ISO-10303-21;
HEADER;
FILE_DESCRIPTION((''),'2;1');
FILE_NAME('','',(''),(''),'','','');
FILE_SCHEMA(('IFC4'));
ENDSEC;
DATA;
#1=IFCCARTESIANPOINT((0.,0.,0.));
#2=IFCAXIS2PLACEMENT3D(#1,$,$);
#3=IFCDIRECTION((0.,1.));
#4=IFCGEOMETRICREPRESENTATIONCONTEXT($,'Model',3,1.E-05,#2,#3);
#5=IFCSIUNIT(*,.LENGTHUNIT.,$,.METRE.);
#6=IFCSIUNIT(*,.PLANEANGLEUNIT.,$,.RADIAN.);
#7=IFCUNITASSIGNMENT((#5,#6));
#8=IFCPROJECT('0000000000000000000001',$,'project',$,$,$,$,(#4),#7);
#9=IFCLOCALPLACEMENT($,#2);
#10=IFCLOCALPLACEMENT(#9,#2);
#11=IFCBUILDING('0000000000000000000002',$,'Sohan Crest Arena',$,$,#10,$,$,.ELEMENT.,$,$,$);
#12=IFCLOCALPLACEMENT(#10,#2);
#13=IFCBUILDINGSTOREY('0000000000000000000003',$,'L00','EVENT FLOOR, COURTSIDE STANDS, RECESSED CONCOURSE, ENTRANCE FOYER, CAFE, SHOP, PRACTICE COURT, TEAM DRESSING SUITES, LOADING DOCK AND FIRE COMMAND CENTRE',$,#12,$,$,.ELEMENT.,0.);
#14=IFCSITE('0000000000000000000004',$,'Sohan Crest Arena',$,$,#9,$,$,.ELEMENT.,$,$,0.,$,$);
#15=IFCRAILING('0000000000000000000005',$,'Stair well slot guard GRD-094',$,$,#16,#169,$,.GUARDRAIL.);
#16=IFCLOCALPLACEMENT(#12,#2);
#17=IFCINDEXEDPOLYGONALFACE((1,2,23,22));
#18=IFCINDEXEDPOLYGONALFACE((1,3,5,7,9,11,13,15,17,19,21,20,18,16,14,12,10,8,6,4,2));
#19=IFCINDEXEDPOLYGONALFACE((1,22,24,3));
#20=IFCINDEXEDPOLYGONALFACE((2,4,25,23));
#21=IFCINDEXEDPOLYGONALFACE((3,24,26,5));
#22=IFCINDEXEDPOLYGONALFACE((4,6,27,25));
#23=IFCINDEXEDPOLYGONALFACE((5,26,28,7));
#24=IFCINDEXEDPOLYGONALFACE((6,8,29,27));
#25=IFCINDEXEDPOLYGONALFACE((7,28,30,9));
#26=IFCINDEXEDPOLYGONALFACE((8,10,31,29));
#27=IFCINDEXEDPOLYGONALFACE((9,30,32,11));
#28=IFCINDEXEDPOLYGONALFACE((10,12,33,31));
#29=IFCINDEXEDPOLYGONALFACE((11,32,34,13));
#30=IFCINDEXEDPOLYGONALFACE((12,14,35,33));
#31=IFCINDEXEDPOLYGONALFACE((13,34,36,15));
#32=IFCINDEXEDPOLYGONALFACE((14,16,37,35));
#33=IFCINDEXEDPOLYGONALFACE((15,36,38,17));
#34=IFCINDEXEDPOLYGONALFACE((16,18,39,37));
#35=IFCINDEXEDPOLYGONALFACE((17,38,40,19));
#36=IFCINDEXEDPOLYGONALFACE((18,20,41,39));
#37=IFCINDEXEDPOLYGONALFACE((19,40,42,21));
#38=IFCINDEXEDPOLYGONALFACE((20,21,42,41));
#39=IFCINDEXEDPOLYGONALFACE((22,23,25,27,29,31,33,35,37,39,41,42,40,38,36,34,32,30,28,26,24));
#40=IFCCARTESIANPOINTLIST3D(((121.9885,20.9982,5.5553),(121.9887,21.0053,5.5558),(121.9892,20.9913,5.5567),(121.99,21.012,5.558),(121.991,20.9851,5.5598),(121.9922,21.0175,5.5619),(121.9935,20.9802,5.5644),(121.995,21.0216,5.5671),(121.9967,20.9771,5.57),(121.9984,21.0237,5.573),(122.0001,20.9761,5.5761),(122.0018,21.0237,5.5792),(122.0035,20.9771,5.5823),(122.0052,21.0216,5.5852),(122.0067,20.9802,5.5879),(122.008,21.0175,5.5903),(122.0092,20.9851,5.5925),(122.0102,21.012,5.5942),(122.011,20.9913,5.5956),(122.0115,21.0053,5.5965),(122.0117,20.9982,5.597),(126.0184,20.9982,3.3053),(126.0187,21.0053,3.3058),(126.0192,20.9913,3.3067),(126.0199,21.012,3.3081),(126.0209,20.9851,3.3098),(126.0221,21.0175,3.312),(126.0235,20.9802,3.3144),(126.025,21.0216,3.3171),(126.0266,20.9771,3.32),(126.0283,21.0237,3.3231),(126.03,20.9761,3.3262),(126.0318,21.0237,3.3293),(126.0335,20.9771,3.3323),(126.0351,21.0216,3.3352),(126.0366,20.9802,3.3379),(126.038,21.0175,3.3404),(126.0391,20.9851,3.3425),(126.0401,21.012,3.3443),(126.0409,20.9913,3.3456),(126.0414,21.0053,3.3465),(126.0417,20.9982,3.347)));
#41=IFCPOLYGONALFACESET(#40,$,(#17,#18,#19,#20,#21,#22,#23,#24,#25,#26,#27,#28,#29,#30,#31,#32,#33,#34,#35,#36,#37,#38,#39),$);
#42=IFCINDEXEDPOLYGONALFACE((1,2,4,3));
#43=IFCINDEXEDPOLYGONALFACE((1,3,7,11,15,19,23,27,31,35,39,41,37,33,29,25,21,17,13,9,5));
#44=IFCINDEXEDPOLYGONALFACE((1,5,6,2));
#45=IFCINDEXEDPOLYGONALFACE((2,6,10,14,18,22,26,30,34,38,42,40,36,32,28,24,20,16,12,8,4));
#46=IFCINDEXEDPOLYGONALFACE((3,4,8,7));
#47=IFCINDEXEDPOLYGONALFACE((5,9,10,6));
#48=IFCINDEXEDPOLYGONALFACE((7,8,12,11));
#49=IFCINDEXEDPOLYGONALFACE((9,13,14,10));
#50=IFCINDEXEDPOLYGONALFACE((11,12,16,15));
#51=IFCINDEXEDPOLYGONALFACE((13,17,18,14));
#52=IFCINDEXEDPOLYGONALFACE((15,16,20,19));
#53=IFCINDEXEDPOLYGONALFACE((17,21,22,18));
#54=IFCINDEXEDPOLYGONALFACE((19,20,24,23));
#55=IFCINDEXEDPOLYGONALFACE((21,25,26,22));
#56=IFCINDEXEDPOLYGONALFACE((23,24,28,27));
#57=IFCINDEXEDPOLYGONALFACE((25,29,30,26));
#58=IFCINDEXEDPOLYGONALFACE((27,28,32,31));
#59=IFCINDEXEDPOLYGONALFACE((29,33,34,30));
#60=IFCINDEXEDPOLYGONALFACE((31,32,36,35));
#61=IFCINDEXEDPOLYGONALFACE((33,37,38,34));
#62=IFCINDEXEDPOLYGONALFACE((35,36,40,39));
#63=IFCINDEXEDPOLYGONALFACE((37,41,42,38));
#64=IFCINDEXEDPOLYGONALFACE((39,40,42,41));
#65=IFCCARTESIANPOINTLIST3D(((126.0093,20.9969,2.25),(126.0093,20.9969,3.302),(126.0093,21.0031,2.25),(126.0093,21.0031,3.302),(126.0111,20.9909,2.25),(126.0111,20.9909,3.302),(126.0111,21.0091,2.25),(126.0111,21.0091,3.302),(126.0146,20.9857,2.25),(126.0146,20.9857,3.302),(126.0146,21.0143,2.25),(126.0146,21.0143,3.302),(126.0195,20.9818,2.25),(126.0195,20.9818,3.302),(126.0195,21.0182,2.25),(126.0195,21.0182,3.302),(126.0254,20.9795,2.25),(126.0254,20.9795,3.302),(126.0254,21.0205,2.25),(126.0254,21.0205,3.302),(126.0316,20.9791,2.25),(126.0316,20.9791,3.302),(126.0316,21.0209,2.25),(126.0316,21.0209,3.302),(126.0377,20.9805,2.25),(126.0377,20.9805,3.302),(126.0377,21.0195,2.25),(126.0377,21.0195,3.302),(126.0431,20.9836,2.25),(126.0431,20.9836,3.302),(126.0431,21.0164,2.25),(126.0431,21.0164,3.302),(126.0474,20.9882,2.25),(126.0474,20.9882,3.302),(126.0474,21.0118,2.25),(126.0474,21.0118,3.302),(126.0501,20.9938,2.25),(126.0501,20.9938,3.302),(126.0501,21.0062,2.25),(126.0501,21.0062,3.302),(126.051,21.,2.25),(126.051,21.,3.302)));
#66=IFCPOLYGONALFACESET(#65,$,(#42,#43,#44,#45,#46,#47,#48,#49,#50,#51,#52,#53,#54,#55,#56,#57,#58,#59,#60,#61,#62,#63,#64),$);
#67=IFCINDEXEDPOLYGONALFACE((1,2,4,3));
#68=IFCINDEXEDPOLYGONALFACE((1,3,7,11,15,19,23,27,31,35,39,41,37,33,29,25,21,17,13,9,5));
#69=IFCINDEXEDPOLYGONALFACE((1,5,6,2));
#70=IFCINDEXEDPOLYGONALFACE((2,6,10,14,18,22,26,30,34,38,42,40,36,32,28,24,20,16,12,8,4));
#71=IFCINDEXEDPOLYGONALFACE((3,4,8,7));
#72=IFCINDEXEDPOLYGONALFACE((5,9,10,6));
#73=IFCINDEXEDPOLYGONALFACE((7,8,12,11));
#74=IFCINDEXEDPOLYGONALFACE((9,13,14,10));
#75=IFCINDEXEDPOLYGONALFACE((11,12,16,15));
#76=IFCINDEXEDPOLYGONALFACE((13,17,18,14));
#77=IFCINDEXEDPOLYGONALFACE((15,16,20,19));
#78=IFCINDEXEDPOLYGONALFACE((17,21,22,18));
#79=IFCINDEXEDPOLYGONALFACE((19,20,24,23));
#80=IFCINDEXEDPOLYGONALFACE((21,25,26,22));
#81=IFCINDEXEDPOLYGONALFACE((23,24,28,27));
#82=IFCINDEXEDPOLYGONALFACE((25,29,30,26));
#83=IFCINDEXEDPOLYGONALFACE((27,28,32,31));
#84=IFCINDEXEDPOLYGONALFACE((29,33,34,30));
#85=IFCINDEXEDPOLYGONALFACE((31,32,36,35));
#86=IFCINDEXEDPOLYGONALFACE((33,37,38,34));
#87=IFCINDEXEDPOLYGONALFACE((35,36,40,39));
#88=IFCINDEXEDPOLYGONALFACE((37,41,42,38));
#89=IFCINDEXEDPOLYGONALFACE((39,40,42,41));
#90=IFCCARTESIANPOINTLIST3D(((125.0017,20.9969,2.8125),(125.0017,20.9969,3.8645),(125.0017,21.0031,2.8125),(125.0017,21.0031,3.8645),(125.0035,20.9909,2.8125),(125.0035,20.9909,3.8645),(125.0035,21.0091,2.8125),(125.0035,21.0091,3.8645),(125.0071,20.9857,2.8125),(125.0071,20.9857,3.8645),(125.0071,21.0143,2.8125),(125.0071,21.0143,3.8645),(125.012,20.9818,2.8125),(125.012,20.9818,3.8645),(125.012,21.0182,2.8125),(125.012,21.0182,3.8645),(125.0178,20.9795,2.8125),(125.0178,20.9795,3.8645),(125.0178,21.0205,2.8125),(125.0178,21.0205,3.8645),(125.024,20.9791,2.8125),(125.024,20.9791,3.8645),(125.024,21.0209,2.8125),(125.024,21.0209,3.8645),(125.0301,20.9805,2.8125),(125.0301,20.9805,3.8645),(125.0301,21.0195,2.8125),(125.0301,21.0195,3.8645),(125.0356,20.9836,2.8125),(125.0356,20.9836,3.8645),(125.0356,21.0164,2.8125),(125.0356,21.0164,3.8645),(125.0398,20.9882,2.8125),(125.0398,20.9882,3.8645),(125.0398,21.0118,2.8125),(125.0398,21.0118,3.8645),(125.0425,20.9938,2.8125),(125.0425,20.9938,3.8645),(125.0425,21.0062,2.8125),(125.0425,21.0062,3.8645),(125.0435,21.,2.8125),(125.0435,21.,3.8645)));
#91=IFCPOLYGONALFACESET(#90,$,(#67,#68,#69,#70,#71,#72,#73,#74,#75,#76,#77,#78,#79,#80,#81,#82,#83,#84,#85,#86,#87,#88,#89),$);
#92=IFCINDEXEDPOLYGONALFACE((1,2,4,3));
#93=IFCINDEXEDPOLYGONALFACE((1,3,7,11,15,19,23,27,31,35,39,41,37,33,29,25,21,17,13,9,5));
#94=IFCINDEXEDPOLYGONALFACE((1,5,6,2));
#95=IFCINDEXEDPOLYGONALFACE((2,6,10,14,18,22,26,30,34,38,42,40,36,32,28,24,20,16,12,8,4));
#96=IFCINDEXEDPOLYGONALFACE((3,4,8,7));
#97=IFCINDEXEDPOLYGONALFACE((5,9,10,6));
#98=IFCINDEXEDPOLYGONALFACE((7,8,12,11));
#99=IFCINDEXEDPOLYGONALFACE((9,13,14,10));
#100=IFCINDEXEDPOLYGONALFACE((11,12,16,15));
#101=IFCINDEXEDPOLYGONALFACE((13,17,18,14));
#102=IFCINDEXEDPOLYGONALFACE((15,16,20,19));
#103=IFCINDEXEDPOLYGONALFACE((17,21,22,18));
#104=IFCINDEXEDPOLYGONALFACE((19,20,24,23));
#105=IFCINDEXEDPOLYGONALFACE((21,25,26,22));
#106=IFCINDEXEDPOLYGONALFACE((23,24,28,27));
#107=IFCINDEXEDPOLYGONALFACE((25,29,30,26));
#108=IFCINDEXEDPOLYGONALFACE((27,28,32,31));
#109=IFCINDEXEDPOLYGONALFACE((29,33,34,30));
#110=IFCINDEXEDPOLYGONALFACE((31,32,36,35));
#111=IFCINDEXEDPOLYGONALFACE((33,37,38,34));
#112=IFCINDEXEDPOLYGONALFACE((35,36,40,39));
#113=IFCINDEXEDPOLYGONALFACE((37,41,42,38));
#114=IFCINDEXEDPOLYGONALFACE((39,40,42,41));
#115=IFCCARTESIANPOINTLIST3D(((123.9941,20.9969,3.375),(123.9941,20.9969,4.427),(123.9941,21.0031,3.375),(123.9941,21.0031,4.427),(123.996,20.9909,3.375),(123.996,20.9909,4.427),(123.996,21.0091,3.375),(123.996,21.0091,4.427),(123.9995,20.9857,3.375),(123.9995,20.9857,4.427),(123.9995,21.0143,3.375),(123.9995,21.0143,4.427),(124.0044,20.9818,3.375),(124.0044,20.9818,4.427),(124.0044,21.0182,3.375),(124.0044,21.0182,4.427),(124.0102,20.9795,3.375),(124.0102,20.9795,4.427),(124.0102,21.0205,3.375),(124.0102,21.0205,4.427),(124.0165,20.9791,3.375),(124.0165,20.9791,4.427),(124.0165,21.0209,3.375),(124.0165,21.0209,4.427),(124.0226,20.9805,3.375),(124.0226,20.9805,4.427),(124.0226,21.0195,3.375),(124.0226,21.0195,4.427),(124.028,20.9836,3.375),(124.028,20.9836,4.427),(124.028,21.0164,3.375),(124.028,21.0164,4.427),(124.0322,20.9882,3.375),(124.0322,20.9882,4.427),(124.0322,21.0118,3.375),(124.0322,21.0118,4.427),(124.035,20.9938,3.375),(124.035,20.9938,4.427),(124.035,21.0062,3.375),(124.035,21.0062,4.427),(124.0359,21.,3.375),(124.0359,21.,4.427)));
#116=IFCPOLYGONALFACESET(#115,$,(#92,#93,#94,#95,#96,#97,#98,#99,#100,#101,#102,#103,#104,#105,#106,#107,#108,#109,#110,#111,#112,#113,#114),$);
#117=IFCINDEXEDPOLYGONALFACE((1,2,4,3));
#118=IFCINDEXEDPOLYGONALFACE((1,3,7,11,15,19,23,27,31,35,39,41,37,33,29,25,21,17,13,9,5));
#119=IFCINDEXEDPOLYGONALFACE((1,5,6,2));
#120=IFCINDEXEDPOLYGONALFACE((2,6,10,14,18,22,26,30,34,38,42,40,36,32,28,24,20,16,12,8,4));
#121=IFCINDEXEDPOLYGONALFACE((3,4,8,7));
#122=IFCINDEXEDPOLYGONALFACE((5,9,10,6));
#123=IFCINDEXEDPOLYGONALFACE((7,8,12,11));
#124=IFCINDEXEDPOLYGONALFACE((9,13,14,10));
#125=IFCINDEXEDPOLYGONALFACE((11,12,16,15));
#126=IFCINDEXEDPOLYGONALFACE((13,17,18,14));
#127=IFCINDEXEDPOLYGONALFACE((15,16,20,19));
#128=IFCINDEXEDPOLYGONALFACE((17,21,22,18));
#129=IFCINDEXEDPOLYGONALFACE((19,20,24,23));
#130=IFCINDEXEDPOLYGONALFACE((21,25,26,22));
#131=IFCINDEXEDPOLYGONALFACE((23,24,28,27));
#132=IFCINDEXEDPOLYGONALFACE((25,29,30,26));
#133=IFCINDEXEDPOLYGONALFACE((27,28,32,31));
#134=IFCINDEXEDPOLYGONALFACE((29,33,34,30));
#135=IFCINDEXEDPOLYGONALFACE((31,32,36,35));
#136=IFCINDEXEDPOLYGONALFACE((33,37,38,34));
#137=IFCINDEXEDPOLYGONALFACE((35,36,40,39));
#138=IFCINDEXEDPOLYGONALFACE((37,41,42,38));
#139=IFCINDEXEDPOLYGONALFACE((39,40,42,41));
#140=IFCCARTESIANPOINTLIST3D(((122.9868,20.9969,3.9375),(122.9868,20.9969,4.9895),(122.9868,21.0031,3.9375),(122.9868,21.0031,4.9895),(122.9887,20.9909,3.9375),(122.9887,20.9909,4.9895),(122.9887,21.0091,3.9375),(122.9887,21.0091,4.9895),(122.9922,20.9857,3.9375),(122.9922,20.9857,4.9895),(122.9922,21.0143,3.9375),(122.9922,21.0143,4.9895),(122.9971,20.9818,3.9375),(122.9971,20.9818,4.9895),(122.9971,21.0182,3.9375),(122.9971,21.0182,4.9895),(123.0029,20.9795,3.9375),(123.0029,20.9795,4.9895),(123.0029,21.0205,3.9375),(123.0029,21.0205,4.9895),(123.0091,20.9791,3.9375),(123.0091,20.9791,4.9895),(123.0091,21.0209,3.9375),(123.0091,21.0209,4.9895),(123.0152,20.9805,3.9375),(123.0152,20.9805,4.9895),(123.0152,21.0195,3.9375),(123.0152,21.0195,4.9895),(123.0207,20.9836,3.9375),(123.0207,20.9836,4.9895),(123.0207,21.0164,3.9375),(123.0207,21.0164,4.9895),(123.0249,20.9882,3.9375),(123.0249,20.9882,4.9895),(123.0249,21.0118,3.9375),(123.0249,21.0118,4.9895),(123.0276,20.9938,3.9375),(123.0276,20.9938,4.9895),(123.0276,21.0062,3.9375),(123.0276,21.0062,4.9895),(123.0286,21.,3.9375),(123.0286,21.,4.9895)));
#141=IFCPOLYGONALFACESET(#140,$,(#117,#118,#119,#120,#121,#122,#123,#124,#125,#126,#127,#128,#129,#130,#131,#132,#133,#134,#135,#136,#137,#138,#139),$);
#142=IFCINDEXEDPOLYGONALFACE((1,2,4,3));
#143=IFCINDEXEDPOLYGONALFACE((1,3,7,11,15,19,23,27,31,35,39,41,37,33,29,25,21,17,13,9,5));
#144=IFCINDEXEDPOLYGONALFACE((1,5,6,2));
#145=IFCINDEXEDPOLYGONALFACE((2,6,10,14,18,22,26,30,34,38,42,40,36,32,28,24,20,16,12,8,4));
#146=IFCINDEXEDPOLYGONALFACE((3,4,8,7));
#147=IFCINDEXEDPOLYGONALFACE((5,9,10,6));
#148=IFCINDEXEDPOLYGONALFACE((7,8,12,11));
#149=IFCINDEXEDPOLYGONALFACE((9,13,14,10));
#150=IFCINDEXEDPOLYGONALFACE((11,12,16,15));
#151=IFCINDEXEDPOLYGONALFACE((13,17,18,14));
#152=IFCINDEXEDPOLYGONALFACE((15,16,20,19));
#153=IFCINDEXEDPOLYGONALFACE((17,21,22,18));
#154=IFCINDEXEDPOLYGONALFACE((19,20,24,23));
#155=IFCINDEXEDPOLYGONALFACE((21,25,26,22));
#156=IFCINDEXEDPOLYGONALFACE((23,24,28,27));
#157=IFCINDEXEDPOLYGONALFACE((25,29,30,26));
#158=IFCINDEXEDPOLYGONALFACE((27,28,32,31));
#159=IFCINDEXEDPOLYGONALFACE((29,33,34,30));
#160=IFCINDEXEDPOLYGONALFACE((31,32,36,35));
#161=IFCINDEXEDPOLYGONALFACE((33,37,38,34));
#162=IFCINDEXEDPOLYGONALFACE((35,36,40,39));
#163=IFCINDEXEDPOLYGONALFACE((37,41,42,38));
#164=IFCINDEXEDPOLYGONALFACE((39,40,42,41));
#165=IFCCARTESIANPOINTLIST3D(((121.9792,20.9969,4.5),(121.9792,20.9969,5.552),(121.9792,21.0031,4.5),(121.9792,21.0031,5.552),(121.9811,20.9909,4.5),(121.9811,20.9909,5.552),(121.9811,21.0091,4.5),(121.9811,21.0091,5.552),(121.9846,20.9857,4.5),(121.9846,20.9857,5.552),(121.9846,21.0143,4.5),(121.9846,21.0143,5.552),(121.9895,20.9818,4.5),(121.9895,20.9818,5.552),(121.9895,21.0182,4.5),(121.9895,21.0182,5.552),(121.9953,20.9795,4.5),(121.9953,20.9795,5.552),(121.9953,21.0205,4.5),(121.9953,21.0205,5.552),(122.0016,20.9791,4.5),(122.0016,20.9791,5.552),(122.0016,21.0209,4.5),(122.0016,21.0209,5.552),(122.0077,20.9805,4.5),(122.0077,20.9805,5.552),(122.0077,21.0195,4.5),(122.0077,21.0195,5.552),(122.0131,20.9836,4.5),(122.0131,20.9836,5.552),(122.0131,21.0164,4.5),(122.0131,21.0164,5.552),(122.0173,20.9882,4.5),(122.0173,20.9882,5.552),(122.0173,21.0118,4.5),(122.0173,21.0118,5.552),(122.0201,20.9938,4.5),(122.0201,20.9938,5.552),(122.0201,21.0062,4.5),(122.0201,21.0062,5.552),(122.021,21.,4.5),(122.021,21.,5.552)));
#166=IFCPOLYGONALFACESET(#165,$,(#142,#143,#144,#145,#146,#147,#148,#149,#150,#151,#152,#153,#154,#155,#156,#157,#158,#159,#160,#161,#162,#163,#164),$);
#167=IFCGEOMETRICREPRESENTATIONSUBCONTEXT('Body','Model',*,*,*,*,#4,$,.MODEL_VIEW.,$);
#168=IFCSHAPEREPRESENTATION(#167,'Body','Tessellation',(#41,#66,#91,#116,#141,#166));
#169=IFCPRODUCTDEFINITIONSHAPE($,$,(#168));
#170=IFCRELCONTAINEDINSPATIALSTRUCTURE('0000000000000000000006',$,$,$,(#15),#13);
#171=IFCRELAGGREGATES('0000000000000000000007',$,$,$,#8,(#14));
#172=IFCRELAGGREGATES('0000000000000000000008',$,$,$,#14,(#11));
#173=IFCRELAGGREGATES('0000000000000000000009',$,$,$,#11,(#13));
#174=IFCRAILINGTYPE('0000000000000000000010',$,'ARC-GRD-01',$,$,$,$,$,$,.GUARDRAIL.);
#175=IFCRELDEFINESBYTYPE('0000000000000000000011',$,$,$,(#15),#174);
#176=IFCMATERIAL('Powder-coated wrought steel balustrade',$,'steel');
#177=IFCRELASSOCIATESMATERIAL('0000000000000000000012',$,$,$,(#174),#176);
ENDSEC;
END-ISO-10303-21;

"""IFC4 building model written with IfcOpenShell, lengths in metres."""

from ifc_helpers import new_model, si_unit, direction, frame, origin, origin_2d, place, context, subcontext, project, spatial, circle, extrude, material, type_object, element, save


model = new_model("IFC4")

# Units and contexts
model_context = context("Model", 3, precision=1e-05, world=origin(), true_north=direction((0.0, 1.0)))
body_context = subcontext(model_context, "Body", "Model", "MODEL_VIEW")
ifc_project = project(units=[si_unit("LENGTHUNIT", "METRE"), si_unit("PLANEANGLEUNIT", "RADIAN")], contexts=[model_context])

# Site, building, storey
site_placement = place(None, origin())
site = spatial("IfcSite", under=ifc_project, at=site_placement, Name="Sohan Crest Arena", CompositionType="ELEMENT", RefElevation=0.0)
building_placement = place(site_placement, origin())
building = spatial("IfcBuilding", under=site, at=building_placement, Name="Sohan Crest Arena", CompositionType="ELEMENT")
storey_placement = place(building_placement, origin())
storey = spatial("IfcBuildingStorey", under=building, at=storey_placement, Name="L00", Description="EVENT FLOOR, COURTSIDE STANDS, RECESSED CONCOURSE, ENTRANCE FOYER, CAFE, SHOP, PRACTICE COURT, TEAM DRESSING SUITES, LOADING DOCK AND FIRE COMMAND CENTRE", CompositionType="ELEMENT", Elevation=0.0)

# Railing
ifc_material_1 = material(Name="Powder-coated wrought steel balustrade", Category="steel")
railing_type_1 = type_object("IfcRailingType", Name="ARC-GRD-01", PredefinedType="GUARDRAIL", material=ifc_material_1)
railing_1_placement = place(storey_placement, frame((126.03, 21.0, 2.25)))
element("IfcRailing", 1, at=railing_1_placement, inside=storey, type_object=railing_type_1, Name="Stair well slot guard GRD-094", PredefinedType="GUARDRAIL", context=body_context, shape_type="SweptSolid", body=[
    extrude(circle(Radius=0.0239, at=origin_2d()), frame((0.0, 0.0, 1.0762), z_axis=(-0.873135, 0.0, 0.487479), x_axis=(0.0, -1.0, 0.0)), (0.0, 0.0, 1.0), 4.6155),
    extrude(circle(Radius=0.021, at=origin_2d()), origin(), (0.0, 0.0, 1.0), 1.052),
    extrude(circle(Radius=0.021, at=origin_2d()), frame((-1.0076, 0.0, 0.5625)), (0.0, 0.0, 1.0), 1.052),
    extrude(circle(Radius=0.021, at=origin_2d()), frame((-2.0151, 0.0, 1.125)), (0.0, 0.0, 1.0), 1.052),
    extrude(circle(Radius=0.021, at=origin_2d()), frame((-3.0225, 0.0, 1.6875)), (0.0, 0.0, 1.0), 1.052),
    extrude(circle(Radius=0.021, at=origin_2d()), frame((-4.03, 0.0, 2.25)), (0.0, 0.0, 1.0), 1.052),
])

save(model, "model.ifc")
